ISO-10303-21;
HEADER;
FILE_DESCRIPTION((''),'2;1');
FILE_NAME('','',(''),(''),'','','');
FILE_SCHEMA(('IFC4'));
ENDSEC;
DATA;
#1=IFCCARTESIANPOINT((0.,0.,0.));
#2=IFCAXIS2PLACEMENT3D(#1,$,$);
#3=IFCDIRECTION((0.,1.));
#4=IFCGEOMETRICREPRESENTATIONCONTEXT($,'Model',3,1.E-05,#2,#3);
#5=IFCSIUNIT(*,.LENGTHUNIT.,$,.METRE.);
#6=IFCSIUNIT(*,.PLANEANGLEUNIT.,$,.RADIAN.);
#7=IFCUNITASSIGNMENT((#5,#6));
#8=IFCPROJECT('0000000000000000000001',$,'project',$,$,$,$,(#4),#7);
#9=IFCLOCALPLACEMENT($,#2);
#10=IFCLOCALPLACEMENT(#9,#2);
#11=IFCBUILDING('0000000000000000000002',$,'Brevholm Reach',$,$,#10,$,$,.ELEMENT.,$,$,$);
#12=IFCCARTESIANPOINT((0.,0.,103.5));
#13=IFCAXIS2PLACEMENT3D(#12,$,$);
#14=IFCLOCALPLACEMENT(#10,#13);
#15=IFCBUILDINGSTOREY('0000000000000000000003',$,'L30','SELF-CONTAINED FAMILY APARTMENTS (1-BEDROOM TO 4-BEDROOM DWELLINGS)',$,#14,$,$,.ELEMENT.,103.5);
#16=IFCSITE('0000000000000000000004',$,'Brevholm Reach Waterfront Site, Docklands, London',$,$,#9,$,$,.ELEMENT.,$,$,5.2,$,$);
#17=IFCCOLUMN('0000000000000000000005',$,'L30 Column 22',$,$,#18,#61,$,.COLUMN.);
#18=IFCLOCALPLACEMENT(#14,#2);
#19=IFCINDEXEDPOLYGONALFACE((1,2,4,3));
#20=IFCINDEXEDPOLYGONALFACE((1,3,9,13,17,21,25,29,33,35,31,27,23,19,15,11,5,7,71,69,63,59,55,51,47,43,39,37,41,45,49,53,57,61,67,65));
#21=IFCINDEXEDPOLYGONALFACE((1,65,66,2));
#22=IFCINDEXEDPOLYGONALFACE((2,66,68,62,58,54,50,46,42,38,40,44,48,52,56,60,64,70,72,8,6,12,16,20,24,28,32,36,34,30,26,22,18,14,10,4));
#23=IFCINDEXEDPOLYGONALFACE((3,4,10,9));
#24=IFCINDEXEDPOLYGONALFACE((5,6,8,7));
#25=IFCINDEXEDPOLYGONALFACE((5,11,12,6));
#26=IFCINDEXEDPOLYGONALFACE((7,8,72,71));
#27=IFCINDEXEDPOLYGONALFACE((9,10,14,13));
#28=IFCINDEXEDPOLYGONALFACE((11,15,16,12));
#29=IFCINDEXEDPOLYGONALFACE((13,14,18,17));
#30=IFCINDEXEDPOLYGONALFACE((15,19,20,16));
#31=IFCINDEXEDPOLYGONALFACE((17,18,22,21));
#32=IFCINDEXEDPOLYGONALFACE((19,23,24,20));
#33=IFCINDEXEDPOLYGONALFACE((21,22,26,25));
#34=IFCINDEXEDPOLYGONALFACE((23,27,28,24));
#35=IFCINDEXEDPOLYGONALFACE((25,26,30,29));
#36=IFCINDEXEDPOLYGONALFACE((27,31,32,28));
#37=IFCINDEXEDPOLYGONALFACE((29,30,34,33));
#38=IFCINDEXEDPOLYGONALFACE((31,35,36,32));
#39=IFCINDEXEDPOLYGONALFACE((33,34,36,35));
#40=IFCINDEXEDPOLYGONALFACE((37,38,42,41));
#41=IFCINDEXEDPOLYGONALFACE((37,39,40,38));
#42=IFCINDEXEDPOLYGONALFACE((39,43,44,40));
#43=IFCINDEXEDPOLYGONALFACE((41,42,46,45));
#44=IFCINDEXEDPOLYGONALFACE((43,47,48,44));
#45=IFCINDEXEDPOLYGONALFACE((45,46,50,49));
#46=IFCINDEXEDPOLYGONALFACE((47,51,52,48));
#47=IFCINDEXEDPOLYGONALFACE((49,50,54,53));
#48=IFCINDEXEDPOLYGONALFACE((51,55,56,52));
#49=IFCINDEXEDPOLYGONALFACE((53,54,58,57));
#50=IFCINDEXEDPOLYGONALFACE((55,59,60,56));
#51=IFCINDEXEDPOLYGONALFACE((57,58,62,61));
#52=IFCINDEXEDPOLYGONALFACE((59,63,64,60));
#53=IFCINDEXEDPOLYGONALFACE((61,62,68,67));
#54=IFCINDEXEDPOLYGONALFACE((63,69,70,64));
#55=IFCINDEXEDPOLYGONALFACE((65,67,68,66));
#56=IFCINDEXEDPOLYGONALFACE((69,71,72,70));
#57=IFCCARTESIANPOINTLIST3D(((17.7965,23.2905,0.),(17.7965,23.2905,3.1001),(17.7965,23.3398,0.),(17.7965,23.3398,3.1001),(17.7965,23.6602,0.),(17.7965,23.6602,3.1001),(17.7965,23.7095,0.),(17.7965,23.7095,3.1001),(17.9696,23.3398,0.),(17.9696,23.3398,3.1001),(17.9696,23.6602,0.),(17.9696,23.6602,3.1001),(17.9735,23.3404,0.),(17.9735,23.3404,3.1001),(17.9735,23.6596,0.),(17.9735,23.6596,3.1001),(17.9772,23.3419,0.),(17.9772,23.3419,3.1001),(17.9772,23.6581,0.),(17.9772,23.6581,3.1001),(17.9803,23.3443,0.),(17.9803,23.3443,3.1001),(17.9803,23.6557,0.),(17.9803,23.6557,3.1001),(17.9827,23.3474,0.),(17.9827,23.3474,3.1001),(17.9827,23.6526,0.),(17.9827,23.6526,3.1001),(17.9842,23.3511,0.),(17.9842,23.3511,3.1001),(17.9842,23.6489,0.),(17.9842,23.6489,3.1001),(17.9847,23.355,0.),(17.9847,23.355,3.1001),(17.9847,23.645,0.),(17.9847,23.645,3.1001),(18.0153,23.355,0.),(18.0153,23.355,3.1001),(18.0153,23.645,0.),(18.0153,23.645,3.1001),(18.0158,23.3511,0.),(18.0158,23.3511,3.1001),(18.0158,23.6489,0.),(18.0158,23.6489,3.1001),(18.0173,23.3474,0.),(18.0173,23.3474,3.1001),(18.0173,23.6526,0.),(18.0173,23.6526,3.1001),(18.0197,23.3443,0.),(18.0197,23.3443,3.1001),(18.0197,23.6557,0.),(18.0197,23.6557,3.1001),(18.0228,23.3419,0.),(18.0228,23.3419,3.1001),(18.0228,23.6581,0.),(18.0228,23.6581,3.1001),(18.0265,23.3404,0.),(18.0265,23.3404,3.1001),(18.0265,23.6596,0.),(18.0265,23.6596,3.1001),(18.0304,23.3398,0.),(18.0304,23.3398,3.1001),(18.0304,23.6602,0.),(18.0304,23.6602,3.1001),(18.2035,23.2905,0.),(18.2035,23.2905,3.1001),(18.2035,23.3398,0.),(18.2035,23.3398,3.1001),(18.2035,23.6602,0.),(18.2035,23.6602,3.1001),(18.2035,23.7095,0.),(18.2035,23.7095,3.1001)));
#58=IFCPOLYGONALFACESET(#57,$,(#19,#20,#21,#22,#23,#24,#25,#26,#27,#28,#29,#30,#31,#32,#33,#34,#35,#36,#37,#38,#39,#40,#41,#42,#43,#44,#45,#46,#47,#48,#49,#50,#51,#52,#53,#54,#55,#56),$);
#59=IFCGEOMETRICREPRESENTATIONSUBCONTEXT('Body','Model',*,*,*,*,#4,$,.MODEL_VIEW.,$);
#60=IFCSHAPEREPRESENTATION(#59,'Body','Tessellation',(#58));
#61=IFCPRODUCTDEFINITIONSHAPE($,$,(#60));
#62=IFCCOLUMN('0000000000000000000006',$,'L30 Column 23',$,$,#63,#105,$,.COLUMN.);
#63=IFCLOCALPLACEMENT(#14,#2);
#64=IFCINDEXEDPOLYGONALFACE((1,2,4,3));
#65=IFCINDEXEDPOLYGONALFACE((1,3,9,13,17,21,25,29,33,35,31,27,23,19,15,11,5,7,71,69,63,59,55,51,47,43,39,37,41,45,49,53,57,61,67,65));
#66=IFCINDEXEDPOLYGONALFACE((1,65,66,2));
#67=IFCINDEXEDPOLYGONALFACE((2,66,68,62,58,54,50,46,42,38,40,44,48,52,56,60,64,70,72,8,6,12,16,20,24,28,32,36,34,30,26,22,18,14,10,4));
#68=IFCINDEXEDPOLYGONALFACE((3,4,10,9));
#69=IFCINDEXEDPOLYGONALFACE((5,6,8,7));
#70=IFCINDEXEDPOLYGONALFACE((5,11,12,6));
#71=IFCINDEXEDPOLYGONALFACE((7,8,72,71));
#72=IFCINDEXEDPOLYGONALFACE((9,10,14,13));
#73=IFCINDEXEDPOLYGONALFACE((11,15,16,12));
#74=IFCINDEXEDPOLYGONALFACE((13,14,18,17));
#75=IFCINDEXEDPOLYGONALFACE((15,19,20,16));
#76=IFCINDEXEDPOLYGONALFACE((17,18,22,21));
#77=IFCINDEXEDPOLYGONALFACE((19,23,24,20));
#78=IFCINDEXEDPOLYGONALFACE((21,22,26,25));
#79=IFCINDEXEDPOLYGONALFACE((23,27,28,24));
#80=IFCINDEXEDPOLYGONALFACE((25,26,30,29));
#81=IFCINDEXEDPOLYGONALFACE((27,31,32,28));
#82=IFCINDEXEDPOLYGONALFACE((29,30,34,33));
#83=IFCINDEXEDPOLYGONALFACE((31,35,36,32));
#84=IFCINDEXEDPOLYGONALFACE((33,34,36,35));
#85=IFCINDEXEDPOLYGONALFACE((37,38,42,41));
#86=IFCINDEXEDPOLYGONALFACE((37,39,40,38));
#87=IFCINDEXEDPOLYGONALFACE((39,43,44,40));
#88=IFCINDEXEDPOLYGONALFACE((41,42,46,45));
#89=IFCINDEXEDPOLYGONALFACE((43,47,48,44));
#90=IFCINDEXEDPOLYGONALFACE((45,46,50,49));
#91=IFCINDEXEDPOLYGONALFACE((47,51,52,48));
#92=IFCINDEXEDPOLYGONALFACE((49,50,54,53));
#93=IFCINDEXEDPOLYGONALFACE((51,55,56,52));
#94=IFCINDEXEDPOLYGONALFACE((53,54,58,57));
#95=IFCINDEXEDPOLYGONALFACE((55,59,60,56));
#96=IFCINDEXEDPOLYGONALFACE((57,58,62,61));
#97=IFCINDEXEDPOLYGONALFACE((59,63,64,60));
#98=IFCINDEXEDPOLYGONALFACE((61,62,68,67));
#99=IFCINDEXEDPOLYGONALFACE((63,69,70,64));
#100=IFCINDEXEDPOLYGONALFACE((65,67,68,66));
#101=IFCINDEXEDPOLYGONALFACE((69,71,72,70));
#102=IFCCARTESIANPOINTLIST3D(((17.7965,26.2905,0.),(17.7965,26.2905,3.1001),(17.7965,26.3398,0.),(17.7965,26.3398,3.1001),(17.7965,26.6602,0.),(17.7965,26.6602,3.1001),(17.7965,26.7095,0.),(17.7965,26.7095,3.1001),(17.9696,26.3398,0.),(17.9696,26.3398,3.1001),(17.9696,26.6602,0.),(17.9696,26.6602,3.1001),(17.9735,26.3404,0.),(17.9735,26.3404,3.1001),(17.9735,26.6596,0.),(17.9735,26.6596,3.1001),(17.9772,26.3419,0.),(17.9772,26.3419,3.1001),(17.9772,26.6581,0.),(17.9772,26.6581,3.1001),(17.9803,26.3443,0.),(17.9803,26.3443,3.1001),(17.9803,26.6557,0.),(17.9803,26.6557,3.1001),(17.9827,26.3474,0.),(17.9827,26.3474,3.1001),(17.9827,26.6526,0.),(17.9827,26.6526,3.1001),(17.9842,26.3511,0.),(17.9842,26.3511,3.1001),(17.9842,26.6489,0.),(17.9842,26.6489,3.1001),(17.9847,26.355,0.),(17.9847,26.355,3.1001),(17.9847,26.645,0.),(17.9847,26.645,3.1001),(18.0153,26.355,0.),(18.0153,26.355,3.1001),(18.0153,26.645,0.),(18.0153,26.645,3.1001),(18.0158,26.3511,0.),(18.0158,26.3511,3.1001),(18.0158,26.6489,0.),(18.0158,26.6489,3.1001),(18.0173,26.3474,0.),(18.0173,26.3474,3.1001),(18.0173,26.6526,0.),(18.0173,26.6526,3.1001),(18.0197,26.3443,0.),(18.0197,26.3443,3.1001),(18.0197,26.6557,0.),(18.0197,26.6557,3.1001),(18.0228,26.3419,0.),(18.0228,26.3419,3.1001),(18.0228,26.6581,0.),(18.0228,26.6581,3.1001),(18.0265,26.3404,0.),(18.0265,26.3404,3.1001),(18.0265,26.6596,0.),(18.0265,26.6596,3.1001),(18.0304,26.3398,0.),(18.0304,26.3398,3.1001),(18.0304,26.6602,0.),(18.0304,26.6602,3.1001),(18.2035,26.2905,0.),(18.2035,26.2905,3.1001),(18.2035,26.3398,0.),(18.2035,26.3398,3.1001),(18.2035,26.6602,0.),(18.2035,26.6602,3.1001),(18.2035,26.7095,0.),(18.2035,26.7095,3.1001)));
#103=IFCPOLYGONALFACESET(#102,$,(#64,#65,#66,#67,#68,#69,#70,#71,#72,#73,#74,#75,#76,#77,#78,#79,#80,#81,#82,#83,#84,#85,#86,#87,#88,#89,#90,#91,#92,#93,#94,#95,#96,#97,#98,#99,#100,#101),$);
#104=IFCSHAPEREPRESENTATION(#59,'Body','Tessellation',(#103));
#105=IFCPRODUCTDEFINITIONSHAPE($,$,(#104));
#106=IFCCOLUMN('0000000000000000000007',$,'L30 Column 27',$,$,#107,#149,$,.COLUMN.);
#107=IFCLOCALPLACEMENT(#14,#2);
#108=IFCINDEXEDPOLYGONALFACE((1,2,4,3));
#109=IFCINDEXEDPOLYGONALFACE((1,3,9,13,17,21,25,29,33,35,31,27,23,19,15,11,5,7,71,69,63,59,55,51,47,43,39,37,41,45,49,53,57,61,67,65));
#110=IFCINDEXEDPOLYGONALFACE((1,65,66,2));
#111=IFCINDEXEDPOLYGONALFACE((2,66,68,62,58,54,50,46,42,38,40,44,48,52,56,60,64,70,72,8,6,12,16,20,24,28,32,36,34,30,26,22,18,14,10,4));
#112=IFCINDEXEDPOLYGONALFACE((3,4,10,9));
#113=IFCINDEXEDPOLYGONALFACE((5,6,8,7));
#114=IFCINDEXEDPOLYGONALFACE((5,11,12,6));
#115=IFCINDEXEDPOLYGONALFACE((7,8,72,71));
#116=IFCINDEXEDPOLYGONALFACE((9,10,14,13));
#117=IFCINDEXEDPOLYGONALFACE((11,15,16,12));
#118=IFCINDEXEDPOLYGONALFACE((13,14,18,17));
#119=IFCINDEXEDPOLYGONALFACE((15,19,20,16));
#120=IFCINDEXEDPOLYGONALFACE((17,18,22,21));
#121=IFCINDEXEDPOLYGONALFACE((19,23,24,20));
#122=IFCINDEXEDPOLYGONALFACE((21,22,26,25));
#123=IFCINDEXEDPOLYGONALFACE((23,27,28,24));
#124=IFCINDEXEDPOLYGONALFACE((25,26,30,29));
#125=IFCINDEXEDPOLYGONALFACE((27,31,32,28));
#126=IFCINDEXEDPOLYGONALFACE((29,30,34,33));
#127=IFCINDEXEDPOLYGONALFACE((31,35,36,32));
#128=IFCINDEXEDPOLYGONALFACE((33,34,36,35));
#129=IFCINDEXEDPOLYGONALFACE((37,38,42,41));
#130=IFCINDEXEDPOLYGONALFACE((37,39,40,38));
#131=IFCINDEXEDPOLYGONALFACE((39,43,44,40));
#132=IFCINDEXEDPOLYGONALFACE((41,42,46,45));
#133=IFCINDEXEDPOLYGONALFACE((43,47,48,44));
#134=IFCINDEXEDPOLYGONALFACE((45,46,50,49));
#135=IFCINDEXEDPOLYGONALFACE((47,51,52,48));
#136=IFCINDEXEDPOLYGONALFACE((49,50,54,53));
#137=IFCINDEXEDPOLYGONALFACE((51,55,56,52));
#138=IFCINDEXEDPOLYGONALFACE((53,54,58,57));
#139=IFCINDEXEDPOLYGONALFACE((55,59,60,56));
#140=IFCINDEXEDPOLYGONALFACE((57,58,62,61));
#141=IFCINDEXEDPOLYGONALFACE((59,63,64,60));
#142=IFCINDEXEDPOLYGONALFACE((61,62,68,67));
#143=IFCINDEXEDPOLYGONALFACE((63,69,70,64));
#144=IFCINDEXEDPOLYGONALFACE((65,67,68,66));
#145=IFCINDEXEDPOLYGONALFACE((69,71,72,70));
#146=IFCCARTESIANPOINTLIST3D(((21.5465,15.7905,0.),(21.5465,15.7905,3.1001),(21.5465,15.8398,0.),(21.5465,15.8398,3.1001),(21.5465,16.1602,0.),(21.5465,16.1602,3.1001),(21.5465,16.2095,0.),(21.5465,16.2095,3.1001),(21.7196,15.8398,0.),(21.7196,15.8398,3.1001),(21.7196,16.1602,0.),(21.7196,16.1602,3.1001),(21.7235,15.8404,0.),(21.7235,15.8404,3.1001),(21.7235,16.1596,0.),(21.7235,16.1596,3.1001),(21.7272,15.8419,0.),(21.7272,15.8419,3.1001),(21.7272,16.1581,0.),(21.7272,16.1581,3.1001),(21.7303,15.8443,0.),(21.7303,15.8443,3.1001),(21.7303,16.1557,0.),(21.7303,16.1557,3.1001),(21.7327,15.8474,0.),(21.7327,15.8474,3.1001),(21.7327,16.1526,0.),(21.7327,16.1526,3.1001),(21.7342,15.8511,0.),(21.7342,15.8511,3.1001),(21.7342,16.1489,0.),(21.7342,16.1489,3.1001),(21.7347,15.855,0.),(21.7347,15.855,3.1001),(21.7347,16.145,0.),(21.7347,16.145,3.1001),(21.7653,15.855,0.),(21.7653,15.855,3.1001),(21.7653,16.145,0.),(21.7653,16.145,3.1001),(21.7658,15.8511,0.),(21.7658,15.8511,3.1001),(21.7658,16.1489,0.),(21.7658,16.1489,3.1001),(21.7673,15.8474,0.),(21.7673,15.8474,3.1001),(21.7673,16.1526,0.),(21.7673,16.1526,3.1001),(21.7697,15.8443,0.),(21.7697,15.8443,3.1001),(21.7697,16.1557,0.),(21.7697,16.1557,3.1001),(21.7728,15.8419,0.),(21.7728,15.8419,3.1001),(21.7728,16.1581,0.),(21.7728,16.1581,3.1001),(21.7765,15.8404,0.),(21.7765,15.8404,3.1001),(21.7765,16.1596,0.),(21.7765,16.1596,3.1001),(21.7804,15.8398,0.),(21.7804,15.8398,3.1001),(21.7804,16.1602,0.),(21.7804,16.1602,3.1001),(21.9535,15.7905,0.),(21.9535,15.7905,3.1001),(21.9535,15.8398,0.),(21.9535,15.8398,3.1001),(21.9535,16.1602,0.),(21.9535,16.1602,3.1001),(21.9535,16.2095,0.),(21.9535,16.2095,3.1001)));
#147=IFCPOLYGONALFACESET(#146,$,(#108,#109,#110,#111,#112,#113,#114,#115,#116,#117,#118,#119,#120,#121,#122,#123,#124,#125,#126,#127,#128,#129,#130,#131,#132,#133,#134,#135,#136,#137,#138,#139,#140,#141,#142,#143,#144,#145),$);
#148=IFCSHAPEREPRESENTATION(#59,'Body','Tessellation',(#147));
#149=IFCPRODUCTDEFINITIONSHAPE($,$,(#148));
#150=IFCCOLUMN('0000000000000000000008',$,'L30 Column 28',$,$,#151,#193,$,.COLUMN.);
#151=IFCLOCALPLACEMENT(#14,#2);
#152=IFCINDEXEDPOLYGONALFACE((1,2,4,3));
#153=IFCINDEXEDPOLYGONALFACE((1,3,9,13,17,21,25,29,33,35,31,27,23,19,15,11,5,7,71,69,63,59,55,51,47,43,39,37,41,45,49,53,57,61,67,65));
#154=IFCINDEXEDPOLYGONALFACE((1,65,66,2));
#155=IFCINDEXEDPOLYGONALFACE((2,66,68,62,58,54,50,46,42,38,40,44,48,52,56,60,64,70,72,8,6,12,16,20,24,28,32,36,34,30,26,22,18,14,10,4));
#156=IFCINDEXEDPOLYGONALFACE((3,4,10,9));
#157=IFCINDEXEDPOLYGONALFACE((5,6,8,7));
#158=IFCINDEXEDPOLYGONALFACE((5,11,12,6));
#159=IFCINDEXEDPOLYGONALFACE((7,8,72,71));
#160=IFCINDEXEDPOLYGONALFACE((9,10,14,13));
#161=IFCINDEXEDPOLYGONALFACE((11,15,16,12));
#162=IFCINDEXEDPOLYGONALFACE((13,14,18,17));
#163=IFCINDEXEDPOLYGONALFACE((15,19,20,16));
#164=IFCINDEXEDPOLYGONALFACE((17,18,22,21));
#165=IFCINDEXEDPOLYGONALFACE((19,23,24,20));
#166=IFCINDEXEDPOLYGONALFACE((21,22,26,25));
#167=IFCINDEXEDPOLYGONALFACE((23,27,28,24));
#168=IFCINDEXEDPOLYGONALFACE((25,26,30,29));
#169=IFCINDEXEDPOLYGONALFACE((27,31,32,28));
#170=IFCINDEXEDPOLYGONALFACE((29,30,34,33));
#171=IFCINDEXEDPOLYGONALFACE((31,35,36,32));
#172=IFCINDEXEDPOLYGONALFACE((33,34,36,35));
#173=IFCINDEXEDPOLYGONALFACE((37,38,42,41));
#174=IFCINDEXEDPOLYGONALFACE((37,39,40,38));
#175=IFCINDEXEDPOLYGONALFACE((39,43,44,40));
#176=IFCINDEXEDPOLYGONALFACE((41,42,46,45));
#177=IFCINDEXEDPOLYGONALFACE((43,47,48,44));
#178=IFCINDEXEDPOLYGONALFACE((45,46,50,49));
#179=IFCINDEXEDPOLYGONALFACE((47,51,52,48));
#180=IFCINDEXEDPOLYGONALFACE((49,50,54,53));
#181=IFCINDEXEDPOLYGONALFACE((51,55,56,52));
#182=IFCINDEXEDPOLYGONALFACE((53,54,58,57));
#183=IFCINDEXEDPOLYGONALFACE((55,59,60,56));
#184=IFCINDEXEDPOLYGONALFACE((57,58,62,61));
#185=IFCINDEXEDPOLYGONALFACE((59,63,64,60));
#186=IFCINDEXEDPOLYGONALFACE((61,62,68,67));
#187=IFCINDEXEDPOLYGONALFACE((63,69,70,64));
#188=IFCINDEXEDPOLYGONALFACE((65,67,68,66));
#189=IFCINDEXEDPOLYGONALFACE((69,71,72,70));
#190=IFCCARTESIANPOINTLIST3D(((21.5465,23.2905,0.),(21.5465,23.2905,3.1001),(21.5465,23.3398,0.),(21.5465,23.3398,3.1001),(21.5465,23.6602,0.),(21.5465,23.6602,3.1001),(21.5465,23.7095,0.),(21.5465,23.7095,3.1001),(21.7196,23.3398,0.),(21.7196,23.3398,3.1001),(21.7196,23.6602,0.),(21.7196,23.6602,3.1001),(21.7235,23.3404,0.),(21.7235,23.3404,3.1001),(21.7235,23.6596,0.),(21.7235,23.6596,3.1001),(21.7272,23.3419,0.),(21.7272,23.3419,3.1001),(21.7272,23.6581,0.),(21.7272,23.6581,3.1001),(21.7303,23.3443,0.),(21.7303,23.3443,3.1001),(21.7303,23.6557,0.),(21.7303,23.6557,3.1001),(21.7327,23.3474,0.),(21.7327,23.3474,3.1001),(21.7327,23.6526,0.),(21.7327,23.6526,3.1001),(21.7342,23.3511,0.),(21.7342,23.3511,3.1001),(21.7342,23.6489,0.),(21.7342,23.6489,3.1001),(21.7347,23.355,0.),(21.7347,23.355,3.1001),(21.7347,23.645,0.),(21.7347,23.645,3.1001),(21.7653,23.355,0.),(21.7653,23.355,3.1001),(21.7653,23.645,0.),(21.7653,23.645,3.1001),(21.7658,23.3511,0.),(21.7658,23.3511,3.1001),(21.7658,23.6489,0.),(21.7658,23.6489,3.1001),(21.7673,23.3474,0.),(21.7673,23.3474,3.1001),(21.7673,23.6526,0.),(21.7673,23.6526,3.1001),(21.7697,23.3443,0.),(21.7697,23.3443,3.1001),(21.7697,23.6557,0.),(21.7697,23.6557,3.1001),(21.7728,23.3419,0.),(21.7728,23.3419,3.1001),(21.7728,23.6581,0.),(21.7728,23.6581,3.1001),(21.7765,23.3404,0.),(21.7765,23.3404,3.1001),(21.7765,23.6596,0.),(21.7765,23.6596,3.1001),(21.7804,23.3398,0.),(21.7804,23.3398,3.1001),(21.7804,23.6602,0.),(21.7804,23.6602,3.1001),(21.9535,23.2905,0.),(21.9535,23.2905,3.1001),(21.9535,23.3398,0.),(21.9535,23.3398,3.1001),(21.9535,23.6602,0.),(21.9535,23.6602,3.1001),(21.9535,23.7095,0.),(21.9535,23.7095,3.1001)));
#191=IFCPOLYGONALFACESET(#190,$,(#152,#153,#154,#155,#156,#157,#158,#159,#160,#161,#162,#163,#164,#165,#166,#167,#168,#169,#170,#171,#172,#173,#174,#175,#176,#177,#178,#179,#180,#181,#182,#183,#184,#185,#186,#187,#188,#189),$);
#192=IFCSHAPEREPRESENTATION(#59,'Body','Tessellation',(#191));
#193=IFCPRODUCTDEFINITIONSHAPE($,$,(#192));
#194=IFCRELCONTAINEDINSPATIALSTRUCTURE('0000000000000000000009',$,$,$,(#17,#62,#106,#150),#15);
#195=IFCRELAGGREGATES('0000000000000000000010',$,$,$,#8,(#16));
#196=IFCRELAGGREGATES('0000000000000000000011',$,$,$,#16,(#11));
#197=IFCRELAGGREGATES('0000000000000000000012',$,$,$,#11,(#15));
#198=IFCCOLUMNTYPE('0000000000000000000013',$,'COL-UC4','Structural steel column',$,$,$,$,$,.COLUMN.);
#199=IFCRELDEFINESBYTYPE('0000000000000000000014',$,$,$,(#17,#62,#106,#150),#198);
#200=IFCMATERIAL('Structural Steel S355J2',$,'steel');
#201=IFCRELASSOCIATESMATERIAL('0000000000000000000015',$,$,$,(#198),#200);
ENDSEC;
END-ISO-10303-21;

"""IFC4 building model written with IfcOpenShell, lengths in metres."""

from ifc_helpers import new_model, si_unit, direction, frame, origin, origin_2d, place, context, subcontext, project, spatial, i_section, extrude, material, material_profile, profile_set, type_object, element, save


model = new_model("IFC4")

# Units and contexts
model_context = context("Model", 3, precision=1e-05, world=origin(), true_north=direction((0.0, 1.0)))
body_context = subcontext(model_context, "Body", "Model", "MODEL_VIEW")
ifc_project = project(units=[si_unit("LENGTHUNIT", "METRE"), si_unit("PLANEANGLEUNIT", "RADIAN")], contexts=[model_context])

# Site, building, storey
site_placement = place(None, origin())
site = spatial("IfcSite", under=ifc_project, at=site_placement, Name="Brevholm Reach Waterfront Site, Docklands, London", CompositionType="ELEMENT", RefElevation=5.2)
building_placement = place(site_placement, origin())
building = spatial("IfcBuilding", under=site, at=building_placement, Name="Brevholm Reach", CompositionType="ELEMENT")
storey_placement = place(building_placement, frame((0.0, 0.0, 103.5)))
storey = spatial("IfcBuildingStorey", under=building, at=storey_placement, Name="L30", Description="SELF-CONTAINED FAMILY APARTMENTS (1-BEDROOM TO 4-BEDROOM DWELLINGS)", CompositionType="ELEMENT", Elevation=103.5)

# Columns
ifc_material_1 = material(Name="Structural Steel S355J2", Category="steel")
ifc_material_profile_1 = material_profile(ifc_material_1, i_section(OverallWidth=0.407, OverallDepth=0.4189, WebThickness=0.0305, FlangeThickness=0.0493, FilletRadius=0.0151, at=origin_2d()), Name="UKC 356x406x393")
ifc_profile_set_1 = profile_set([ifc_material_profile_1], Name="Structural Steel S355J2")
column_type_1 = type_object("IfcColumnType", Name="COL-UC4", Description="Structural steel column", PredefinedType="COLUMN", material=ifc_profile_set_1)
for number, where, z_axis, x_axis, name in (
    (1, (18.0, 23.5, 0.0), (0.0, 0.0, 1.0), (1.0, 0.0, 0.0), "L30 Column 22"),
    (2, (18.0, 26.5, 0.0), (0.0, 0.0, 1.0), (1.0, 0.0, 0.0), "L30 Column 23"),
    (3, (21.75, 16.0, 0.0), (0.0, 0.0, 1.0), (1.0, 0.0, 0.0), "L30 Column 27"),
    (4, (21.75, 23.5, 0.0), (0.0, 0.0, 1.0), (1.0, 0.0, 0.0), "L30 Column 28"),
):
    element("IfcColumn", number, at=place(storey_placement, frame(where, z_axis=z_axis, x_axis=x_axis)), inside=storey, type_object=column_type_1, Name=name, PredefinedType="COLUMN", context=body_context, shape_type="SweptSolid", body=[
        extrude(i_section(OverallWidth=0.407, OverallDepth=0.4189, WebThickness=0.0305, FlangeThickness=0.0493, FilletRadius=0.0151, at=origin_2d()), origin(), (0.0, 0.0, 1.0), 3.1001),
    ])

save(model, "model.ifc")
